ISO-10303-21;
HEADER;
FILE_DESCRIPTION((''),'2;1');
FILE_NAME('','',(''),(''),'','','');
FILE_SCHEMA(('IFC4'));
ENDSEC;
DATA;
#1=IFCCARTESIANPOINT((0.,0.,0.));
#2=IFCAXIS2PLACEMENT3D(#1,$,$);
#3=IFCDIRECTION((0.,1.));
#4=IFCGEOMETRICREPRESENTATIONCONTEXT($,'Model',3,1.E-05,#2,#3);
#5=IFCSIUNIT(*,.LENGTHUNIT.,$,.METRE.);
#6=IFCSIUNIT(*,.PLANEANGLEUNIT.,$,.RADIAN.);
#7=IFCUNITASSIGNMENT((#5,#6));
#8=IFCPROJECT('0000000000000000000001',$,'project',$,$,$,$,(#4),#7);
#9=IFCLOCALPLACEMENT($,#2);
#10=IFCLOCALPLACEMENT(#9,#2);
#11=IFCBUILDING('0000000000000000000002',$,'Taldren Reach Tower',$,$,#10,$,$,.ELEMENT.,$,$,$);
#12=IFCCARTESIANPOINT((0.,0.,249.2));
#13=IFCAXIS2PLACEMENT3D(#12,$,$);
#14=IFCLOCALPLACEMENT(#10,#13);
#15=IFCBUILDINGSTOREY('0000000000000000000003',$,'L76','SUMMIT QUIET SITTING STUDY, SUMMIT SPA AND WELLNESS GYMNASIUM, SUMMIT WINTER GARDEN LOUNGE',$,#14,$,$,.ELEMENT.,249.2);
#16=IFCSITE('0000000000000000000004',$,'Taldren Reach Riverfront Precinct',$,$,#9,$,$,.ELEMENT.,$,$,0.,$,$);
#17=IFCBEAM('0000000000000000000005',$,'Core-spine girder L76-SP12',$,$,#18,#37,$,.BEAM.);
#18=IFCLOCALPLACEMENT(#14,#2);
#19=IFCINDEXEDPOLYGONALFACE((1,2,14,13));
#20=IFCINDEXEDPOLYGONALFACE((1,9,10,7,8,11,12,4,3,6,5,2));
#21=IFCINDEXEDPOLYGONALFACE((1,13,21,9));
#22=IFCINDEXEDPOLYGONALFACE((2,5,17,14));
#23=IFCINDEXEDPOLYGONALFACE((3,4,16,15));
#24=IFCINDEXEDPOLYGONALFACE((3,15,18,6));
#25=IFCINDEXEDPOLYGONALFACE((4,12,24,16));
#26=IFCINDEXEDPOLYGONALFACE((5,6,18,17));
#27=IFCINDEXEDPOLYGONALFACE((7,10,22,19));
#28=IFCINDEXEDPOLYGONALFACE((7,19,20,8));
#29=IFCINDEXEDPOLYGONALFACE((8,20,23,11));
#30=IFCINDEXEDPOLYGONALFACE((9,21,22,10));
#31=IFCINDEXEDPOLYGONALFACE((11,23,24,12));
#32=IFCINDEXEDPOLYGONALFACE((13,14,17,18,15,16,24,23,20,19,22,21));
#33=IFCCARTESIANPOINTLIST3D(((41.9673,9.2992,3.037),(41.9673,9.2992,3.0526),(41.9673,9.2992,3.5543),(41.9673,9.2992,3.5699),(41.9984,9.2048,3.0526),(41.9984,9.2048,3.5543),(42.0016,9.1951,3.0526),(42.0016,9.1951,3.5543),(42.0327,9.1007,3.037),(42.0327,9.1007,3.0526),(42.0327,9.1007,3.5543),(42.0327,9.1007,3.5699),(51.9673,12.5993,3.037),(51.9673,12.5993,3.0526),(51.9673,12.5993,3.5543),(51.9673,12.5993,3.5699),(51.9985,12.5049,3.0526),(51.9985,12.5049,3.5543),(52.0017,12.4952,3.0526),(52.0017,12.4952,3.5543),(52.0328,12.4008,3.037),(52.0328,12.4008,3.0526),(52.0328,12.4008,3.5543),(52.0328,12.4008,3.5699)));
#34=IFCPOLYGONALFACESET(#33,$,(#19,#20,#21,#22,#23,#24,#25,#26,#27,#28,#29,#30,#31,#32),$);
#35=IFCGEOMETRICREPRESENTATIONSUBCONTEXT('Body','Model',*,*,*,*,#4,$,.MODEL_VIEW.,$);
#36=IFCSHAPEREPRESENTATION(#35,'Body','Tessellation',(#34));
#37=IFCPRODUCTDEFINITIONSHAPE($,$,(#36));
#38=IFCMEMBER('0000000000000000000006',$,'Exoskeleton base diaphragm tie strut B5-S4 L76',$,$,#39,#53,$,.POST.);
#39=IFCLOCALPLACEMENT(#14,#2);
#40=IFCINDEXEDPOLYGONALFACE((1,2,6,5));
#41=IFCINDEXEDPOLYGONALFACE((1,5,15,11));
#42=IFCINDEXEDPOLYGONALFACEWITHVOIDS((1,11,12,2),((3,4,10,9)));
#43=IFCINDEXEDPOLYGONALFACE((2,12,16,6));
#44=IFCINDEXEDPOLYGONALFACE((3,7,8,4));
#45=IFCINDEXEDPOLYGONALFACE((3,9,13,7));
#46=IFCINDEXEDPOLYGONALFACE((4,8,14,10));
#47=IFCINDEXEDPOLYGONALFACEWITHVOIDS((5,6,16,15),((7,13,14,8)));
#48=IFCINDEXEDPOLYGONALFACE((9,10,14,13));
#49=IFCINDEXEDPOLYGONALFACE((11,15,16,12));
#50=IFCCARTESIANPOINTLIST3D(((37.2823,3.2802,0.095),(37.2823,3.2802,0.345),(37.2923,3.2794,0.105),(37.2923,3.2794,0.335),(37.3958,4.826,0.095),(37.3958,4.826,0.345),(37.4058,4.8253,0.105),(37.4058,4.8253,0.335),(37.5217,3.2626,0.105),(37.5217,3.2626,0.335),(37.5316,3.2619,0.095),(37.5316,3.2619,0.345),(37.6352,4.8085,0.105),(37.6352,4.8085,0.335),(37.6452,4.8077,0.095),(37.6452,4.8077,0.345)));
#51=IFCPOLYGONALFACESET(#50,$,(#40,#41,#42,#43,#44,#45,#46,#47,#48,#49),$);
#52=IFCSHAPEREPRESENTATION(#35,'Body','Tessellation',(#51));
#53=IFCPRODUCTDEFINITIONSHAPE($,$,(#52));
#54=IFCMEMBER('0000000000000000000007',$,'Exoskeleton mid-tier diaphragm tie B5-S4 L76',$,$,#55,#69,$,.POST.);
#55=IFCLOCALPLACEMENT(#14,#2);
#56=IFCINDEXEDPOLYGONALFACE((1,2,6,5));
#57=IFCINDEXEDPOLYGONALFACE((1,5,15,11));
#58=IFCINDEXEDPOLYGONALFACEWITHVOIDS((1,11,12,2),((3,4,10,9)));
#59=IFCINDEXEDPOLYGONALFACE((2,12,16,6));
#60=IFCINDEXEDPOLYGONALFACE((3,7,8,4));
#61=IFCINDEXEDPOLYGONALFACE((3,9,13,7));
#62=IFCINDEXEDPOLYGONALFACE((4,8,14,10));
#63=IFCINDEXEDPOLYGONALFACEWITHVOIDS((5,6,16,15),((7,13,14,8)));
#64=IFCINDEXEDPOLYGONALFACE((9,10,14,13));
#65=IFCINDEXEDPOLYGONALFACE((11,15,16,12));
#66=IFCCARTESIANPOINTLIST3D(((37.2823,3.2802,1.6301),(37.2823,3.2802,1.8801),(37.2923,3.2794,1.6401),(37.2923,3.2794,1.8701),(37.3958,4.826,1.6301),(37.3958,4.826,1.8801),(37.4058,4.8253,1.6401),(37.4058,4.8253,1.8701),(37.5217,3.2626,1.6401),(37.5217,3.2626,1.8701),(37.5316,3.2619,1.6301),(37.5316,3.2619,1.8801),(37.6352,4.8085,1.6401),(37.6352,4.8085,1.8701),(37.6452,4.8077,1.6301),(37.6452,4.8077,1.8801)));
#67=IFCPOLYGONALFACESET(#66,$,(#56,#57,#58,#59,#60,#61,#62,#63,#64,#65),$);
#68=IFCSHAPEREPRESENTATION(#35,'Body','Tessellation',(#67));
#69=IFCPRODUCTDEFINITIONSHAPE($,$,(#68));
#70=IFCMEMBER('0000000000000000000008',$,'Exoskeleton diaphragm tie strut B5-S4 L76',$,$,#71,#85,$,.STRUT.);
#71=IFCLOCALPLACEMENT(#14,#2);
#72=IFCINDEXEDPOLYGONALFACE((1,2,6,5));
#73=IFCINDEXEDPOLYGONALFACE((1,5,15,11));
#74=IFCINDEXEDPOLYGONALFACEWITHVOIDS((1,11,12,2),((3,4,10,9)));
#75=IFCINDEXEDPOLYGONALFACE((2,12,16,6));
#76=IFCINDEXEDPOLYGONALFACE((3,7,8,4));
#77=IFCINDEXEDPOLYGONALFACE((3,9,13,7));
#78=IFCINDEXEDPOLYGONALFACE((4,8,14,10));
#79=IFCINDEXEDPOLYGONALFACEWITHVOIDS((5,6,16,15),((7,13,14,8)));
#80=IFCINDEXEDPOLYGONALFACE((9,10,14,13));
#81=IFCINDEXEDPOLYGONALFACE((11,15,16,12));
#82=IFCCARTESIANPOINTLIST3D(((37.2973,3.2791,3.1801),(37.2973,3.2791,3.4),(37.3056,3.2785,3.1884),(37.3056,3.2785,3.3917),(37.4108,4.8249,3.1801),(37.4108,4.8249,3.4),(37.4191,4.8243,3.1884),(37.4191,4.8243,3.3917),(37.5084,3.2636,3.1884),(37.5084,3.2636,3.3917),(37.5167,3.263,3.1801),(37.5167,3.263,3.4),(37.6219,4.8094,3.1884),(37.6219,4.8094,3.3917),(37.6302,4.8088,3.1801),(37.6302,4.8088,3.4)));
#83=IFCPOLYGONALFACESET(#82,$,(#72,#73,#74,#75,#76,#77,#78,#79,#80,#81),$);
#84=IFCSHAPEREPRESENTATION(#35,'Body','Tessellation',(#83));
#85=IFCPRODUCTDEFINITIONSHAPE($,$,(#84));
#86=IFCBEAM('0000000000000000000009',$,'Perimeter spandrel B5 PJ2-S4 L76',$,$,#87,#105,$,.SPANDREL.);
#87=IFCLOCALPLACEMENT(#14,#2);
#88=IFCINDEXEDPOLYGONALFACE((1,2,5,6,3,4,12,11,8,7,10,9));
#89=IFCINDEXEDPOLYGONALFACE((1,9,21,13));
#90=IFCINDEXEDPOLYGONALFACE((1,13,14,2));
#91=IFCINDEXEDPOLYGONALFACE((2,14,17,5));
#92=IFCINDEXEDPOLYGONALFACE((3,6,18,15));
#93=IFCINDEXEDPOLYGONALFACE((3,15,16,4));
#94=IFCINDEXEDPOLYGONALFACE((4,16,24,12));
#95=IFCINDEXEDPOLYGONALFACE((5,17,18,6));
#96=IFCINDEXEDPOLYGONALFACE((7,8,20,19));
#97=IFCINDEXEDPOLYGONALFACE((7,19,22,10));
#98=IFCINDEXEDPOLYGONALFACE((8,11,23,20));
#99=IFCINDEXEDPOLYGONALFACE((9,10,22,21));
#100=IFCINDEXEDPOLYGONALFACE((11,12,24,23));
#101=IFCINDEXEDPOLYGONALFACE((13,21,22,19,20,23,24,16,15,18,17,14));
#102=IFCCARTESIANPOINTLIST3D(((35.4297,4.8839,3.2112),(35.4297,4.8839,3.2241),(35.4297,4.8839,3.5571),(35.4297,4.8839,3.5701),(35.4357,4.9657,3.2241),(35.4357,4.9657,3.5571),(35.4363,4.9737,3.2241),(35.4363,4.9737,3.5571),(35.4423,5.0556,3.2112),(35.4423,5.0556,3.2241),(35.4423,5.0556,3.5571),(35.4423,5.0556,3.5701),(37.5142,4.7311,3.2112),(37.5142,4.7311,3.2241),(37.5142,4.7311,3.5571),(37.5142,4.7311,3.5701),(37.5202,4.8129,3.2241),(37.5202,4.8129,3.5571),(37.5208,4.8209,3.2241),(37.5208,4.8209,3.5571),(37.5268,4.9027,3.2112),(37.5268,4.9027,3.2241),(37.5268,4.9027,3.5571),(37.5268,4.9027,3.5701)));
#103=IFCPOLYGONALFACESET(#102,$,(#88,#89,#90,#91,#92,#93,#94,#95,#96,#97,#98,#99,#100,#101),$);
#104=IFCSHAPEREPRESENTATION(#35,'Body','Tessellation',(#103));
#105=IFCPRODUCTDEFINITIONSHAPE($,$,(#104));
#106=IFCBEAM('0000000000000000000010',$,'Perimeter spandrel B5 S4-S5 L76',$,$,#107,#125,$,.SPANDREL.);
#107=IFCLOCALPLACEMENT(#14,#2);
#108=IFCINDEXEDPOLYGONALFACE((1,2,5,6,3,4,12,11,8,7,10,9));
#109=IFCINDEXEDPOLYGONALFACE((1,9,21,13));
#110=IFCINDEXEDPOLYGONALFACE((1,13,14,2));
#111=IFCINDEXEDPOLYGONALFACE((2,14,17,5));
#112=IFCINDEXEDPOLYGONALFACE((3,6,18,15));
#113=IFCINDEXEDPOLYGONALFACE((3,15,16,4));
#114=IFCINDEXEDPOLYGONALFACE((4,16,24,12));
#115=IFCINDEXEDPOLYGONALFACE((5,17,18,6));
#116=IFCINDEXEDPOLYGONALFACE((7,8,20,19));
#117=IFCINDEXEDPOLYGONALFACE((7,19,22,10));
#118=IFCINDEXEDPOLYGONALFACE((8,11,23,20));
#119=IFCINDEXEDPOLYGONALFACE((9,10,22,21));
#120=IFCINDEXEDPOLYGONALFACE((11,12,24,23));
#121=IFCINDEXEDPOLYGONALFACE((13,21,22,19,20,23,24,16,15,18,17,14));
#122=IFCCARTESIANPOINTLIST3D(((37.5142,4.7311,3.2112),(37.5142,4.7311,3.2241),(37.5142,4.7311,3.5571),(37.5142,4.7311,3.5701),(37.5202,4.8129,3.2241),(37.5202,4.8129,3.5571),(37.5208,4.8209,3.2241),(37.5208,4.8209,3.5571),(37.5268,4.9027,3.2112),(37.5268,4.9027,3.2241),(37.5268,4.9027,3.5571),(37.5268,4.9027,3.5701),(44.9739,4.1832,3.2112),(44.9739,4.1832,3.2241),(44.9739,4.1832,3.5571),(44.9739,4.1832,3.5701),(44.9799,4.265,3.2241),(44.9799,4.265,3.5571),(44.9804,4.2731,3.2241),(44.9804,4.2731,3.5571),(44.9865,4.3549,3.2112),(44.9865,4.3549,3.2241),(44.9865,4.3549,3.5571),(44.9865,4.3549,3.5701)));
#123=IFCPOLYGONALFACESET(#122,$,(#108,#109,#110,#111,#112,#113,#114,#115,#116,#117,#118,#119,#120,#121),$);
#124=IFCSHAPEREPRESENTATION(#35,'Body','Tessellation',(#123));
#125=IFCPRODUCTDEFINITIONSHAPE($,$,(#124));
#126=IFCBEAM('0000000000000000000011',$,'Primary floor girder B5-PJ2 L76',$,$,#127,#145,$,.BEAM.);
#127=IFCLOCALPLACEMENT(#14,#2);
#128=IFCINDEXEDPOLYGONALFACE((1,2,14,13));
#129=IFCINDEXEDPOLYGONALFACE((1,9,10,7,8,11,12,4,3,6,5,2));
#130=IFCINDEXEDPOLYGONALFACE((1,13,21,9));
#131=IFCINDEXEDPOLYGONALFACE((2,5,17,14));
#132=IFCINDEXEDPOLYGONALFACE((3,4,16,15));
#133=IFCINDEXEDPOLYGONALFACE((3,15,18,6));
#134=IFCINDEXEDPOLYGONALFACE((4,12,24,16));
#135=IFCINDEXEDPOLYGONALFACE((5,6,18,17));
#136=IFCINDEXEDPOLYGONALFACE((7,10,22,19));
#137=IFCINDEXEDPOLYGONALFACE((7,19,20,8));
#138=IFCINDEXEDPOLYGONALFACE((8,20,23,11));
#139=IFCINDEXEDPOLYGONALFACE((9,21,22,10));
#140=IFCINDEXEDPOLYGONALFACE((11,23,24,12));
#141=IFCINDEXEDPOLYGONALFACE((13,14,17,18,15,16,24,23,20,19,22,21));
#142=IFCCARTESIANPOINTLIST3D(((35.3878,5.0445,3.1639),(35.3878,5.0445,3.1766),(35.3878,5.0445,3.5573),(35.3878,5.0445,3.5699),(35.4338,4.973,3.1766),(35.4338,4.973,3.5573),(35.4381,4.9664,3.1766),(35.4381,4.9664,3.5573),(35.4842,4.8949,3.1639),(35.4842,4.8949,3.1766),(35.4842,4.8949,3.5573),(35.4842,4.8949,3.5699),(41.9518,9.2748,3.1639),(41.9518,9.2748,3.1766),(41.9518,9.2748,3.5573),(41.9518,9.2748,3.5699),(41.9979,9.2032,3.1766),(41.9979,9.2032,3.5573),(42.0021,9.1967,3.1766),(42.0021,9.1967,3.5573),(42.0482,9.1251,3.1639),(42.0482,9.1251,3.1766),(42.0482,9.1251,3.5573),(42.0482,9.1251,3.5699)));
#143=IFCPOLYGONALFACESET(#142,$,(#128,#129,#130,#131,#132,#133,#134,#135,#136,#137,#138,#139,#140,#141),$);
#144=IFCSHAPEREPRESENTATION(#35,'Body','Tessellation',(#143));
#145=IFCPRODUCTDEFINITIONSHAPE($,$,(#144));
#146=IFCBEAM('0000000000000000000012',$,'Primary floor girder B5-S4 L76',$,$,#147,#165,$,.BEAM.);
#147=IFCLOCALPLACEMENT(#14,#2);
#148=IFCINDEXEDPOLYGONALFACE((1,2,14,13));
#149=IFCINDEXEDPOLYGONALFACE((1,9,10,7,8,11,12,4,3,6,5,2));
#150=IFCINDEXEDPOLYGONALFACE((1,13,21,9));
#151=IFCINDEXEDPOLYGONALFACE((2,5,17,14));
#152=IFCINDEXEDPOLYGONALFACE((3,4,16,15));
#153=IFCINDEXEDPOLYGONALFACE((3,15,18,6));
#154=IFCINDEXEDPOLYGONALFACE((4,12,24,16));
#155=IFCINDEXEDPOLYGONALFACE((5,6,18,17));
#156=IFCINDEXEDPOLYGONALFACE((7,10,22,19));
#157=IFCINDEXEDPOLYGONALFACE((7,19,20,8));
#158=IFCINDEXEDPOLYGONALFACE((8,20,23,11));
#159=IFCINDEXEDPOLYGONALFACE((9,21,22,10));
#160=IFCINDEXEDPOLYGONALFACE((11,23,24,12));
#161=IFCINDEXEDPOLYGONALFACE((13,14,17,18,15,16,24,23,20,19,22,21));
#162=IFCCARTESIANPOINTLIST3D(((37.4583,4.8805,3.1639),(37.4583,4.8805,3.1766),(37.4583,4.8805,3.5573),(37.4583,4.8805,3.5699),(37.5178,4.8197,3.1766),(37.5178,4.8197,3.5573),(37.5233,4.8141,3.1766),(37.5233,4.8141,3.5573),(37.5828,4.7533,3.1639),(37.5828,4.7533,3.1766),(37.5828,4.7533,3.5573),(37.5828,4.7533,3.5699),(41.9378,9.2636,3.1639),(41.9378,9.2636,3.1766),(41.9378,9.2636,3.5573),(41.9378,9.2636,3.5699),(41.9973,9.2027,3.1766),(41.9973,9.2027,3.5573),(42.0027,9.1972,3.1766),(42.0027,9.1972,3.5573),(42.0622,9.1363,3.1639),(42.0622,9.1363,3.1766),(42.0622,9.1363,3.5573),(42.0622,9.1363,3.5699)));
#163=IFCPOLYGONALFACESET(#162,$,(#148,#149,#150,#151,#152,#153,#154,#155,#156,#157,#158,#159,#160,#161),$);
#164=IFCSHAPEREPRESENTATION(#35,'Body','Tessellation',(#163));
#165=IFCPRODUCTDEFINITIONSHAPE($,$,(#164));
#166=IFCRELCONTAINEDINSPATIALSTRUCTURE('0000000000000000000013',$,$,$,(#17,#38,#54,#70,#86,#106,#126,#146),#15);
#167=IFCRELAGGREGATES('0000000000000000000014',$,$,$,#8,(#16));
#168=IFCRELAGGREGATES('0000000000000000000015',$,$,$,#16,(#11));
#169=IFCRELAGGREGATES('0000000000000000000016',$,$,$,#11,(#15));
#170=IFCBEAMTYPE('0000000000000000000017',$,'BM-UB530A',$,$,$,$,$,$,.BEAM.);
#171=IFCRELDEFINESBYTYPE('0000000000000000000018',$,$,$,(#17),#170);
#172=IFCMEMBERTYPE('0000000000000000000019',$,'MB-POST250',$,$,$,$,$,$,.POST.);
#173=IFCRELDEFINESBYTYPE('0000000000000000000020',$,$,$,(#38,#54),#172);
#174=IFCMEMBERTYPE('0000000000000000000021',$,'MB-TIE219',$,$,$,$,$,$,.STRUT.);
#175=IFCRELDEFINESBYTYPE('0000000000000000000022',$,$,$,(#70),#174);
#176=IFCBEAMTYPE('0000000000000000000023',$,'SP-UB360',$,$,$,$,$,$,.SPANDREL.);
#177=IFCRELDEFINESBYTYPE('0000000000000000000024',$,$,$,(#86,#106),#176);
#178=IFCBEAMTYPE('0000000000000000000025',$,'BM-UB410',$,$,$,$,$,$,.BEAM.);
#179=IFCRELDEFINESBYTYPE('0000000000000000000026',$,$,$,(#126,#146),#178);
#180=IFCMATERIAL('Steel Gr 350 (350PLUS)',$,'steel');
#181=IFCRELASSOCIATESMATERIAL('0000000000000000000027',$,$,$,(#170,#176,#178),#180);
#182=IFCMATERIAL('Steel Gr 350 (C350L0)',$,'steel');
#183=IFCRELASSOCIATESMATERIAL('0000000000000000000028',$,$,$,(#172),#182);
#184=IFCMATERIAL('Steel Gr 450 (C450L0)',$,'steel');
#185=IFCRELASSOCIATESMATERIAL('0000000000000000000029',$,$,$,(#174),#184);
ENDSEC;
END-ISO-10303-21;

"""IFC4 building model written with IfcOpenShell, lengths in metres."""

from ifc_helpers import new_model, si_unit, direction, frame, origin, origin_2d, place, context, subcontext, project, spatial, hollow_rectangle, i_section, extrude, source, transform, mapped, material, material_profile, profile_set, type_object, element, save


model = new_model("IFC4")

# Units and contexts
model_context = context("Model", 3, precision=1e-05, world=origin(), true_north=direction((0.0, 1.0)))
body_context = subcontext(model_context, "Body", "Model", "MODEL_VIEW")
ifc_project = project(units=[si_unit("LENGTHUNIT", "METRE"), si_unit("PLANEANGLEUNIT", "RADIAN")], contexts=[model_context])

# Site, building, storey
site_placement = place(None, origin())
site = spatial("IfcSite", under=ifc_project, at=site_placement, Name="Taldren Reach Riverfront Precinct", CompositionType="ELEMENT", RefElevation=0.0)
building_placement = place(site_placement, origin())
building = spatial("IfcBuilding", under=site, at=building_placement, Name="Taldren Reach Tower", CompositionType="ELEMENT")
storey_placement = place(building_placement, frame((0.0, 0.0, 249.2)))
storey = spatial("IfcBuildingStorey", under=building, at=storey_placement, Name="L76", Description="SUMMIT QUIET SITTING STUDY, SUMMIT SPA AND WELLNESS GYMNASIUM, SUMMIT WINTER GARDEN LOUNGE", CompositionType="ELEMENT", Elevation=249.2)

# Shared definitions
ifc_material_1 = material(Name="Steel Gr 450 (C450L0)", Category="steel")
ifc_material_2 = material(Name="Steel Gr 350 (350PLUS)", Category="steel")
ifc_material_3 = material(Name="Steel Gr 350 (C350L0)", Category="steel")

# Beam
ifc_material_profile_1 = material_profile(ifc_material_2, i_section(OverallWidth=0.209, OverallDepth=0.533, WebThickness=0.0103, FlangeThickness=0.0156, at=origin_2d()), Name="530UB92.4")
ifc_profile_set_1 = profile_set([ifc_material_profile_1], Name="Steel Gr 350 (350PLUS)")
beam_type_1 = type_object("IfcBeamType", Name="BM-UB530A", PredefinedType="BEAM", material=ifc_profile_set_1)
shared_shape_1 = source(origin(), body_context, "Body", "SweptSolid", [
    extrude(i_section(OverallWidth=0.209, OverallDepth=0.533, WebThickness=0.0103, FlangeThickness=0.0156, at=origin_2d()), origin(), (0.0, 0.0, 1.0), 10.5305),
])
beam_1_placement = place(storey_placement, frame((42.0, 9.2, 3.3035), z_axis=(0.949627, 0.313382, 0.0), x_axis=(-0.313382, 0.949627, 0.0)))
element("IfcBeam", 1, at=beam_1_placement, inside=storey, type_object=beam_type_1, Name="Core-spine girder L76-SP12", PredefinedType="BEAM", context=body_context, shape_type="MappedRepresentation", body=[
    mapped(shared_shape_1, transform((0.0, 0.0, 0.0), scale=1.0)),
])

# Members
ifc_material_profile_2 = material_profile(ifc_material_3, hollow_rectangle(XDim=0.25, YDim=0.25, WallThickness=0.01, at=origin_2d()), Name="250x250x10.0SHS")
ifc_profile_set_2 = profile_set([ifc_material_profile_2], Name="Steel Gr 350 (C350L0)")
member_type_1 = type_object("IfcMemberType", Name="MB-POST250", PredefinedType="POST", material=ifc_profile_set_2)
shared_shape_2 = source(origin(), body_context, "Body", "SweptSolid", [
    extrude(hollow_rectangle(XDim=0.25, YDim=0.25, WallThickness=0.01, at=origin_2d()), origin(), (0.0, 0.0, 1.0), 1.55),
])
for number, where, z_axis, x_axis, name in (
    (2, (37.5205, 4.8169, 0.22), (-0.073239, -0.997314, 0.0), (0.997314, -0.073239, 0.0), "Exoskeleton base diaphragm tie strut B5-S4 L76"),
    (3, (37.5205, 4.8169, 1.7551), (-0.073239, -0.997314, 0.0), (0.997314, -0.073239, 0.0), "Exoskeleton mid-tier diaphragm tie B5-S4 L76"),
):
    element("IfcMember", number, at=place(storey_placement, frame(where, z_axis=z_axis, x_axis=x_axis)), inside=storey, type_object=member_type_1, Name=name, PredefinedType="POST", context=body_context, shape_type="MappedRepresentation", body=[
        mapped(shared_shape_2, transform((0.0, 0.0, 0.0), scale=1.0)),
    ])
ifc_material_profile_3 = material_profile(ifc_material_1, hollow_rectangle(XDim=0.22, YDim=0.22, WallThickness=0.0083, at=origin_2d()), Name="220x220x8.2SHS")
ifc_profile_set_3 = profile_set([ifc_material_profile_3], Name="Steel Gr 450 (C450L0)")
member_type_2 = type_object("IfcMemberType", Name="MB-TIE219", PredefinedType="STRUT", material=ifc_profile_set_3)
shared_shape_3 = source(origin(), body_context, "Body", "SweptSolid", [
    extrude(hollow_rectangle(XDim=0.22, YDim=0.22, WallThickness=0.0083, at=origin_2d()), origin(), (0.0, 0.0, 1.0), 1.55),
])
member_placement = place(storey_placement, frame((37.5205, 4.8169, 3.29), z_axis=(-0.073239, -0.997314, 0.0), x_axis=(0.997314, -0.073239, 0.0)))
element("IfcMember", 4, at=member_placement, inside=storey, type_object=member_type_2, Name="Exoskeleton diaphragm tie strut B5-S4 L76", PredefinedType="STRUT", context=body_context, shape_type="MappedRepresentation", body=[
    mapped(shared_shape_3, transform((0.0, 0.0, 0.0), scale=1.0)),
])

# Beams
ifc_material_profile_4 = material_profile(ifc_material_2, i_section(OverallWidth=0.1721, OverallDepth=0.3589, WebThickness=0.0081, FlangeThickness=0.0129, at=origin_2d()), Name="360UB56.7")
ifc_profile_set_4 = profile_set([ifc_material_profile_4], Name="Steel Gr 350 (350PLUS)")
beam_type_2 = type_object("IfcBeamType", Name="SP-UB360", PredefinedType="SPANDREL", material=ifc_profile_set_4)
shared_shape_4 = source(origin(), body_context, "Body", "SweptSolid", [
    extrude(i_section(OverallWidth=0.1721, OverallDepth=0.3589, WebThickness=0.0081, FlangeThickness=0.0129, at=origin_2d()), origin(), (0.0, 0.0, 1.0), 2.0901),
])
beam_2_placement = place(storey_placement, frame((35.436, 4.9697, 3.3906), z_axis=(0.997323, -0.073123, 0.0), x_axis=(0.073123, 0.997323, 0.0)))
element("IfcBeam", 5, at=beam_2_placement, inside=storey, type_object=beam_type_2, Name="Perimeter spandrel B5 PJ2-S4 L76", PredefinedType="SPANDREL", context=body_context, shape_type="MappedRepresentation", body=[
    mapped(shared_shape_4, transform((0.0, 0.0, 0.0), scale=1.0)),
])
shared_shape_5 = source(origin(), body_context, "Body", "SweptSolid", [
    extrude(i_section(OverallWidth=0.1721, OverallDepth=0.3589, WebThickness=0.0081, FlangeThickness=0.0129, at=origin_2d()), origin(), (0.0, 0.0, 1.0), 7.4797),
])
beam_3_placement = place(storey_placement, frame((37.5205, 4.8169, 3.3906), z_axis=(0.997314, -0.073244, 0.0), x_axis=(0.073244, 0.997314, 0.0)))
element("IfcBeam", 6, at=beam_3_placement, inside=storey, type_object=beam_type_2, Name="Perimeter spandrel B5 S4-S5 L76", PredefinedType="SPANDREL", context=body_context, shape_type="MappedRepresentation", body=[
    mapped(shared_shape_5, transform((0.0, 0.0, 0.0), scale=1.0)),
])
ifc_material_profile_5 = material_profile(ifc_material_2, i_section(OverallWidth=0.178, OverallDepth=0.406, WebThickness=0.0078, FlangeThickness=0.0127, at=origin_2d()), Name="410UB59.7")
ifc_profile_set_5 = profile_set([ifc_material_profile_5], Name="Steel Gr 350 (350PLUS)")
beam_type_3 = type_object("IfcBeamType", Name="BM-UB410", PredefinedType="BEAM", material=ifc_profile_set_5)
shared_shape_6 = source(origin(), body_context, "Body", "SweptSolid", [
    extrude(i_section(OverallWidth=0.178, OverallDepth=0.406, WebThickness=0.0078, FlangeThickness=0.0127, at=origin_2d()), origin(), (0.0, 0.0, 1.0), 7.8091),
])
beam_4_placement = place(storey_placement, frame((42.0, 9.2, 3.3669), z_axis=(-0.840564, -0.541712, 0.0), x_axis=(0.541712, -0.840564, 0.0)))
element("IfcBeam", 7, at=beam_4_placement, inside=storey, type_object=beam_type_3, Name="Primary floor girder B5-PJ2 L76", PredefinedType="BEAM", context=body_context, shape_type="MappedRepresentation", body=[
    mapped(shared_shape_6, transform((0.0, 0.0, 0.0), scale=1.0)),
])
shared_shape_7 = source(origin(), body_context, "Body", "SweptSolid", [
    extrude(i_section(OverallWidth=0.178, OverallDepth=0.406, WebThickness=0.0078, FlangeThickness=0.0127, at=origin_2d()), origin(), (0.0, 0.0, 1.0), 6.2671),
])
beam_5_placement = place(storey_placement, frame((42.0, 9.2, 3.3669), z_axis=(-0.714759, -0.699371, 0.0), x_axis=(0.699371, -0.714759, 0.0)))
element("IfcBeam", 8, at=beam_5_placement, inside=storey, type_object=beam_type_3, Name="Primary floor girder B5-S4 L76", PredefinedType="BEAM", context=body_context, shape_type="MappedRepresentation", body=[
    mapped(shared_shape_7, transform((0.0, 0.0, 0.0), scale=1.0)),
])

save(model, "model.ifc")
